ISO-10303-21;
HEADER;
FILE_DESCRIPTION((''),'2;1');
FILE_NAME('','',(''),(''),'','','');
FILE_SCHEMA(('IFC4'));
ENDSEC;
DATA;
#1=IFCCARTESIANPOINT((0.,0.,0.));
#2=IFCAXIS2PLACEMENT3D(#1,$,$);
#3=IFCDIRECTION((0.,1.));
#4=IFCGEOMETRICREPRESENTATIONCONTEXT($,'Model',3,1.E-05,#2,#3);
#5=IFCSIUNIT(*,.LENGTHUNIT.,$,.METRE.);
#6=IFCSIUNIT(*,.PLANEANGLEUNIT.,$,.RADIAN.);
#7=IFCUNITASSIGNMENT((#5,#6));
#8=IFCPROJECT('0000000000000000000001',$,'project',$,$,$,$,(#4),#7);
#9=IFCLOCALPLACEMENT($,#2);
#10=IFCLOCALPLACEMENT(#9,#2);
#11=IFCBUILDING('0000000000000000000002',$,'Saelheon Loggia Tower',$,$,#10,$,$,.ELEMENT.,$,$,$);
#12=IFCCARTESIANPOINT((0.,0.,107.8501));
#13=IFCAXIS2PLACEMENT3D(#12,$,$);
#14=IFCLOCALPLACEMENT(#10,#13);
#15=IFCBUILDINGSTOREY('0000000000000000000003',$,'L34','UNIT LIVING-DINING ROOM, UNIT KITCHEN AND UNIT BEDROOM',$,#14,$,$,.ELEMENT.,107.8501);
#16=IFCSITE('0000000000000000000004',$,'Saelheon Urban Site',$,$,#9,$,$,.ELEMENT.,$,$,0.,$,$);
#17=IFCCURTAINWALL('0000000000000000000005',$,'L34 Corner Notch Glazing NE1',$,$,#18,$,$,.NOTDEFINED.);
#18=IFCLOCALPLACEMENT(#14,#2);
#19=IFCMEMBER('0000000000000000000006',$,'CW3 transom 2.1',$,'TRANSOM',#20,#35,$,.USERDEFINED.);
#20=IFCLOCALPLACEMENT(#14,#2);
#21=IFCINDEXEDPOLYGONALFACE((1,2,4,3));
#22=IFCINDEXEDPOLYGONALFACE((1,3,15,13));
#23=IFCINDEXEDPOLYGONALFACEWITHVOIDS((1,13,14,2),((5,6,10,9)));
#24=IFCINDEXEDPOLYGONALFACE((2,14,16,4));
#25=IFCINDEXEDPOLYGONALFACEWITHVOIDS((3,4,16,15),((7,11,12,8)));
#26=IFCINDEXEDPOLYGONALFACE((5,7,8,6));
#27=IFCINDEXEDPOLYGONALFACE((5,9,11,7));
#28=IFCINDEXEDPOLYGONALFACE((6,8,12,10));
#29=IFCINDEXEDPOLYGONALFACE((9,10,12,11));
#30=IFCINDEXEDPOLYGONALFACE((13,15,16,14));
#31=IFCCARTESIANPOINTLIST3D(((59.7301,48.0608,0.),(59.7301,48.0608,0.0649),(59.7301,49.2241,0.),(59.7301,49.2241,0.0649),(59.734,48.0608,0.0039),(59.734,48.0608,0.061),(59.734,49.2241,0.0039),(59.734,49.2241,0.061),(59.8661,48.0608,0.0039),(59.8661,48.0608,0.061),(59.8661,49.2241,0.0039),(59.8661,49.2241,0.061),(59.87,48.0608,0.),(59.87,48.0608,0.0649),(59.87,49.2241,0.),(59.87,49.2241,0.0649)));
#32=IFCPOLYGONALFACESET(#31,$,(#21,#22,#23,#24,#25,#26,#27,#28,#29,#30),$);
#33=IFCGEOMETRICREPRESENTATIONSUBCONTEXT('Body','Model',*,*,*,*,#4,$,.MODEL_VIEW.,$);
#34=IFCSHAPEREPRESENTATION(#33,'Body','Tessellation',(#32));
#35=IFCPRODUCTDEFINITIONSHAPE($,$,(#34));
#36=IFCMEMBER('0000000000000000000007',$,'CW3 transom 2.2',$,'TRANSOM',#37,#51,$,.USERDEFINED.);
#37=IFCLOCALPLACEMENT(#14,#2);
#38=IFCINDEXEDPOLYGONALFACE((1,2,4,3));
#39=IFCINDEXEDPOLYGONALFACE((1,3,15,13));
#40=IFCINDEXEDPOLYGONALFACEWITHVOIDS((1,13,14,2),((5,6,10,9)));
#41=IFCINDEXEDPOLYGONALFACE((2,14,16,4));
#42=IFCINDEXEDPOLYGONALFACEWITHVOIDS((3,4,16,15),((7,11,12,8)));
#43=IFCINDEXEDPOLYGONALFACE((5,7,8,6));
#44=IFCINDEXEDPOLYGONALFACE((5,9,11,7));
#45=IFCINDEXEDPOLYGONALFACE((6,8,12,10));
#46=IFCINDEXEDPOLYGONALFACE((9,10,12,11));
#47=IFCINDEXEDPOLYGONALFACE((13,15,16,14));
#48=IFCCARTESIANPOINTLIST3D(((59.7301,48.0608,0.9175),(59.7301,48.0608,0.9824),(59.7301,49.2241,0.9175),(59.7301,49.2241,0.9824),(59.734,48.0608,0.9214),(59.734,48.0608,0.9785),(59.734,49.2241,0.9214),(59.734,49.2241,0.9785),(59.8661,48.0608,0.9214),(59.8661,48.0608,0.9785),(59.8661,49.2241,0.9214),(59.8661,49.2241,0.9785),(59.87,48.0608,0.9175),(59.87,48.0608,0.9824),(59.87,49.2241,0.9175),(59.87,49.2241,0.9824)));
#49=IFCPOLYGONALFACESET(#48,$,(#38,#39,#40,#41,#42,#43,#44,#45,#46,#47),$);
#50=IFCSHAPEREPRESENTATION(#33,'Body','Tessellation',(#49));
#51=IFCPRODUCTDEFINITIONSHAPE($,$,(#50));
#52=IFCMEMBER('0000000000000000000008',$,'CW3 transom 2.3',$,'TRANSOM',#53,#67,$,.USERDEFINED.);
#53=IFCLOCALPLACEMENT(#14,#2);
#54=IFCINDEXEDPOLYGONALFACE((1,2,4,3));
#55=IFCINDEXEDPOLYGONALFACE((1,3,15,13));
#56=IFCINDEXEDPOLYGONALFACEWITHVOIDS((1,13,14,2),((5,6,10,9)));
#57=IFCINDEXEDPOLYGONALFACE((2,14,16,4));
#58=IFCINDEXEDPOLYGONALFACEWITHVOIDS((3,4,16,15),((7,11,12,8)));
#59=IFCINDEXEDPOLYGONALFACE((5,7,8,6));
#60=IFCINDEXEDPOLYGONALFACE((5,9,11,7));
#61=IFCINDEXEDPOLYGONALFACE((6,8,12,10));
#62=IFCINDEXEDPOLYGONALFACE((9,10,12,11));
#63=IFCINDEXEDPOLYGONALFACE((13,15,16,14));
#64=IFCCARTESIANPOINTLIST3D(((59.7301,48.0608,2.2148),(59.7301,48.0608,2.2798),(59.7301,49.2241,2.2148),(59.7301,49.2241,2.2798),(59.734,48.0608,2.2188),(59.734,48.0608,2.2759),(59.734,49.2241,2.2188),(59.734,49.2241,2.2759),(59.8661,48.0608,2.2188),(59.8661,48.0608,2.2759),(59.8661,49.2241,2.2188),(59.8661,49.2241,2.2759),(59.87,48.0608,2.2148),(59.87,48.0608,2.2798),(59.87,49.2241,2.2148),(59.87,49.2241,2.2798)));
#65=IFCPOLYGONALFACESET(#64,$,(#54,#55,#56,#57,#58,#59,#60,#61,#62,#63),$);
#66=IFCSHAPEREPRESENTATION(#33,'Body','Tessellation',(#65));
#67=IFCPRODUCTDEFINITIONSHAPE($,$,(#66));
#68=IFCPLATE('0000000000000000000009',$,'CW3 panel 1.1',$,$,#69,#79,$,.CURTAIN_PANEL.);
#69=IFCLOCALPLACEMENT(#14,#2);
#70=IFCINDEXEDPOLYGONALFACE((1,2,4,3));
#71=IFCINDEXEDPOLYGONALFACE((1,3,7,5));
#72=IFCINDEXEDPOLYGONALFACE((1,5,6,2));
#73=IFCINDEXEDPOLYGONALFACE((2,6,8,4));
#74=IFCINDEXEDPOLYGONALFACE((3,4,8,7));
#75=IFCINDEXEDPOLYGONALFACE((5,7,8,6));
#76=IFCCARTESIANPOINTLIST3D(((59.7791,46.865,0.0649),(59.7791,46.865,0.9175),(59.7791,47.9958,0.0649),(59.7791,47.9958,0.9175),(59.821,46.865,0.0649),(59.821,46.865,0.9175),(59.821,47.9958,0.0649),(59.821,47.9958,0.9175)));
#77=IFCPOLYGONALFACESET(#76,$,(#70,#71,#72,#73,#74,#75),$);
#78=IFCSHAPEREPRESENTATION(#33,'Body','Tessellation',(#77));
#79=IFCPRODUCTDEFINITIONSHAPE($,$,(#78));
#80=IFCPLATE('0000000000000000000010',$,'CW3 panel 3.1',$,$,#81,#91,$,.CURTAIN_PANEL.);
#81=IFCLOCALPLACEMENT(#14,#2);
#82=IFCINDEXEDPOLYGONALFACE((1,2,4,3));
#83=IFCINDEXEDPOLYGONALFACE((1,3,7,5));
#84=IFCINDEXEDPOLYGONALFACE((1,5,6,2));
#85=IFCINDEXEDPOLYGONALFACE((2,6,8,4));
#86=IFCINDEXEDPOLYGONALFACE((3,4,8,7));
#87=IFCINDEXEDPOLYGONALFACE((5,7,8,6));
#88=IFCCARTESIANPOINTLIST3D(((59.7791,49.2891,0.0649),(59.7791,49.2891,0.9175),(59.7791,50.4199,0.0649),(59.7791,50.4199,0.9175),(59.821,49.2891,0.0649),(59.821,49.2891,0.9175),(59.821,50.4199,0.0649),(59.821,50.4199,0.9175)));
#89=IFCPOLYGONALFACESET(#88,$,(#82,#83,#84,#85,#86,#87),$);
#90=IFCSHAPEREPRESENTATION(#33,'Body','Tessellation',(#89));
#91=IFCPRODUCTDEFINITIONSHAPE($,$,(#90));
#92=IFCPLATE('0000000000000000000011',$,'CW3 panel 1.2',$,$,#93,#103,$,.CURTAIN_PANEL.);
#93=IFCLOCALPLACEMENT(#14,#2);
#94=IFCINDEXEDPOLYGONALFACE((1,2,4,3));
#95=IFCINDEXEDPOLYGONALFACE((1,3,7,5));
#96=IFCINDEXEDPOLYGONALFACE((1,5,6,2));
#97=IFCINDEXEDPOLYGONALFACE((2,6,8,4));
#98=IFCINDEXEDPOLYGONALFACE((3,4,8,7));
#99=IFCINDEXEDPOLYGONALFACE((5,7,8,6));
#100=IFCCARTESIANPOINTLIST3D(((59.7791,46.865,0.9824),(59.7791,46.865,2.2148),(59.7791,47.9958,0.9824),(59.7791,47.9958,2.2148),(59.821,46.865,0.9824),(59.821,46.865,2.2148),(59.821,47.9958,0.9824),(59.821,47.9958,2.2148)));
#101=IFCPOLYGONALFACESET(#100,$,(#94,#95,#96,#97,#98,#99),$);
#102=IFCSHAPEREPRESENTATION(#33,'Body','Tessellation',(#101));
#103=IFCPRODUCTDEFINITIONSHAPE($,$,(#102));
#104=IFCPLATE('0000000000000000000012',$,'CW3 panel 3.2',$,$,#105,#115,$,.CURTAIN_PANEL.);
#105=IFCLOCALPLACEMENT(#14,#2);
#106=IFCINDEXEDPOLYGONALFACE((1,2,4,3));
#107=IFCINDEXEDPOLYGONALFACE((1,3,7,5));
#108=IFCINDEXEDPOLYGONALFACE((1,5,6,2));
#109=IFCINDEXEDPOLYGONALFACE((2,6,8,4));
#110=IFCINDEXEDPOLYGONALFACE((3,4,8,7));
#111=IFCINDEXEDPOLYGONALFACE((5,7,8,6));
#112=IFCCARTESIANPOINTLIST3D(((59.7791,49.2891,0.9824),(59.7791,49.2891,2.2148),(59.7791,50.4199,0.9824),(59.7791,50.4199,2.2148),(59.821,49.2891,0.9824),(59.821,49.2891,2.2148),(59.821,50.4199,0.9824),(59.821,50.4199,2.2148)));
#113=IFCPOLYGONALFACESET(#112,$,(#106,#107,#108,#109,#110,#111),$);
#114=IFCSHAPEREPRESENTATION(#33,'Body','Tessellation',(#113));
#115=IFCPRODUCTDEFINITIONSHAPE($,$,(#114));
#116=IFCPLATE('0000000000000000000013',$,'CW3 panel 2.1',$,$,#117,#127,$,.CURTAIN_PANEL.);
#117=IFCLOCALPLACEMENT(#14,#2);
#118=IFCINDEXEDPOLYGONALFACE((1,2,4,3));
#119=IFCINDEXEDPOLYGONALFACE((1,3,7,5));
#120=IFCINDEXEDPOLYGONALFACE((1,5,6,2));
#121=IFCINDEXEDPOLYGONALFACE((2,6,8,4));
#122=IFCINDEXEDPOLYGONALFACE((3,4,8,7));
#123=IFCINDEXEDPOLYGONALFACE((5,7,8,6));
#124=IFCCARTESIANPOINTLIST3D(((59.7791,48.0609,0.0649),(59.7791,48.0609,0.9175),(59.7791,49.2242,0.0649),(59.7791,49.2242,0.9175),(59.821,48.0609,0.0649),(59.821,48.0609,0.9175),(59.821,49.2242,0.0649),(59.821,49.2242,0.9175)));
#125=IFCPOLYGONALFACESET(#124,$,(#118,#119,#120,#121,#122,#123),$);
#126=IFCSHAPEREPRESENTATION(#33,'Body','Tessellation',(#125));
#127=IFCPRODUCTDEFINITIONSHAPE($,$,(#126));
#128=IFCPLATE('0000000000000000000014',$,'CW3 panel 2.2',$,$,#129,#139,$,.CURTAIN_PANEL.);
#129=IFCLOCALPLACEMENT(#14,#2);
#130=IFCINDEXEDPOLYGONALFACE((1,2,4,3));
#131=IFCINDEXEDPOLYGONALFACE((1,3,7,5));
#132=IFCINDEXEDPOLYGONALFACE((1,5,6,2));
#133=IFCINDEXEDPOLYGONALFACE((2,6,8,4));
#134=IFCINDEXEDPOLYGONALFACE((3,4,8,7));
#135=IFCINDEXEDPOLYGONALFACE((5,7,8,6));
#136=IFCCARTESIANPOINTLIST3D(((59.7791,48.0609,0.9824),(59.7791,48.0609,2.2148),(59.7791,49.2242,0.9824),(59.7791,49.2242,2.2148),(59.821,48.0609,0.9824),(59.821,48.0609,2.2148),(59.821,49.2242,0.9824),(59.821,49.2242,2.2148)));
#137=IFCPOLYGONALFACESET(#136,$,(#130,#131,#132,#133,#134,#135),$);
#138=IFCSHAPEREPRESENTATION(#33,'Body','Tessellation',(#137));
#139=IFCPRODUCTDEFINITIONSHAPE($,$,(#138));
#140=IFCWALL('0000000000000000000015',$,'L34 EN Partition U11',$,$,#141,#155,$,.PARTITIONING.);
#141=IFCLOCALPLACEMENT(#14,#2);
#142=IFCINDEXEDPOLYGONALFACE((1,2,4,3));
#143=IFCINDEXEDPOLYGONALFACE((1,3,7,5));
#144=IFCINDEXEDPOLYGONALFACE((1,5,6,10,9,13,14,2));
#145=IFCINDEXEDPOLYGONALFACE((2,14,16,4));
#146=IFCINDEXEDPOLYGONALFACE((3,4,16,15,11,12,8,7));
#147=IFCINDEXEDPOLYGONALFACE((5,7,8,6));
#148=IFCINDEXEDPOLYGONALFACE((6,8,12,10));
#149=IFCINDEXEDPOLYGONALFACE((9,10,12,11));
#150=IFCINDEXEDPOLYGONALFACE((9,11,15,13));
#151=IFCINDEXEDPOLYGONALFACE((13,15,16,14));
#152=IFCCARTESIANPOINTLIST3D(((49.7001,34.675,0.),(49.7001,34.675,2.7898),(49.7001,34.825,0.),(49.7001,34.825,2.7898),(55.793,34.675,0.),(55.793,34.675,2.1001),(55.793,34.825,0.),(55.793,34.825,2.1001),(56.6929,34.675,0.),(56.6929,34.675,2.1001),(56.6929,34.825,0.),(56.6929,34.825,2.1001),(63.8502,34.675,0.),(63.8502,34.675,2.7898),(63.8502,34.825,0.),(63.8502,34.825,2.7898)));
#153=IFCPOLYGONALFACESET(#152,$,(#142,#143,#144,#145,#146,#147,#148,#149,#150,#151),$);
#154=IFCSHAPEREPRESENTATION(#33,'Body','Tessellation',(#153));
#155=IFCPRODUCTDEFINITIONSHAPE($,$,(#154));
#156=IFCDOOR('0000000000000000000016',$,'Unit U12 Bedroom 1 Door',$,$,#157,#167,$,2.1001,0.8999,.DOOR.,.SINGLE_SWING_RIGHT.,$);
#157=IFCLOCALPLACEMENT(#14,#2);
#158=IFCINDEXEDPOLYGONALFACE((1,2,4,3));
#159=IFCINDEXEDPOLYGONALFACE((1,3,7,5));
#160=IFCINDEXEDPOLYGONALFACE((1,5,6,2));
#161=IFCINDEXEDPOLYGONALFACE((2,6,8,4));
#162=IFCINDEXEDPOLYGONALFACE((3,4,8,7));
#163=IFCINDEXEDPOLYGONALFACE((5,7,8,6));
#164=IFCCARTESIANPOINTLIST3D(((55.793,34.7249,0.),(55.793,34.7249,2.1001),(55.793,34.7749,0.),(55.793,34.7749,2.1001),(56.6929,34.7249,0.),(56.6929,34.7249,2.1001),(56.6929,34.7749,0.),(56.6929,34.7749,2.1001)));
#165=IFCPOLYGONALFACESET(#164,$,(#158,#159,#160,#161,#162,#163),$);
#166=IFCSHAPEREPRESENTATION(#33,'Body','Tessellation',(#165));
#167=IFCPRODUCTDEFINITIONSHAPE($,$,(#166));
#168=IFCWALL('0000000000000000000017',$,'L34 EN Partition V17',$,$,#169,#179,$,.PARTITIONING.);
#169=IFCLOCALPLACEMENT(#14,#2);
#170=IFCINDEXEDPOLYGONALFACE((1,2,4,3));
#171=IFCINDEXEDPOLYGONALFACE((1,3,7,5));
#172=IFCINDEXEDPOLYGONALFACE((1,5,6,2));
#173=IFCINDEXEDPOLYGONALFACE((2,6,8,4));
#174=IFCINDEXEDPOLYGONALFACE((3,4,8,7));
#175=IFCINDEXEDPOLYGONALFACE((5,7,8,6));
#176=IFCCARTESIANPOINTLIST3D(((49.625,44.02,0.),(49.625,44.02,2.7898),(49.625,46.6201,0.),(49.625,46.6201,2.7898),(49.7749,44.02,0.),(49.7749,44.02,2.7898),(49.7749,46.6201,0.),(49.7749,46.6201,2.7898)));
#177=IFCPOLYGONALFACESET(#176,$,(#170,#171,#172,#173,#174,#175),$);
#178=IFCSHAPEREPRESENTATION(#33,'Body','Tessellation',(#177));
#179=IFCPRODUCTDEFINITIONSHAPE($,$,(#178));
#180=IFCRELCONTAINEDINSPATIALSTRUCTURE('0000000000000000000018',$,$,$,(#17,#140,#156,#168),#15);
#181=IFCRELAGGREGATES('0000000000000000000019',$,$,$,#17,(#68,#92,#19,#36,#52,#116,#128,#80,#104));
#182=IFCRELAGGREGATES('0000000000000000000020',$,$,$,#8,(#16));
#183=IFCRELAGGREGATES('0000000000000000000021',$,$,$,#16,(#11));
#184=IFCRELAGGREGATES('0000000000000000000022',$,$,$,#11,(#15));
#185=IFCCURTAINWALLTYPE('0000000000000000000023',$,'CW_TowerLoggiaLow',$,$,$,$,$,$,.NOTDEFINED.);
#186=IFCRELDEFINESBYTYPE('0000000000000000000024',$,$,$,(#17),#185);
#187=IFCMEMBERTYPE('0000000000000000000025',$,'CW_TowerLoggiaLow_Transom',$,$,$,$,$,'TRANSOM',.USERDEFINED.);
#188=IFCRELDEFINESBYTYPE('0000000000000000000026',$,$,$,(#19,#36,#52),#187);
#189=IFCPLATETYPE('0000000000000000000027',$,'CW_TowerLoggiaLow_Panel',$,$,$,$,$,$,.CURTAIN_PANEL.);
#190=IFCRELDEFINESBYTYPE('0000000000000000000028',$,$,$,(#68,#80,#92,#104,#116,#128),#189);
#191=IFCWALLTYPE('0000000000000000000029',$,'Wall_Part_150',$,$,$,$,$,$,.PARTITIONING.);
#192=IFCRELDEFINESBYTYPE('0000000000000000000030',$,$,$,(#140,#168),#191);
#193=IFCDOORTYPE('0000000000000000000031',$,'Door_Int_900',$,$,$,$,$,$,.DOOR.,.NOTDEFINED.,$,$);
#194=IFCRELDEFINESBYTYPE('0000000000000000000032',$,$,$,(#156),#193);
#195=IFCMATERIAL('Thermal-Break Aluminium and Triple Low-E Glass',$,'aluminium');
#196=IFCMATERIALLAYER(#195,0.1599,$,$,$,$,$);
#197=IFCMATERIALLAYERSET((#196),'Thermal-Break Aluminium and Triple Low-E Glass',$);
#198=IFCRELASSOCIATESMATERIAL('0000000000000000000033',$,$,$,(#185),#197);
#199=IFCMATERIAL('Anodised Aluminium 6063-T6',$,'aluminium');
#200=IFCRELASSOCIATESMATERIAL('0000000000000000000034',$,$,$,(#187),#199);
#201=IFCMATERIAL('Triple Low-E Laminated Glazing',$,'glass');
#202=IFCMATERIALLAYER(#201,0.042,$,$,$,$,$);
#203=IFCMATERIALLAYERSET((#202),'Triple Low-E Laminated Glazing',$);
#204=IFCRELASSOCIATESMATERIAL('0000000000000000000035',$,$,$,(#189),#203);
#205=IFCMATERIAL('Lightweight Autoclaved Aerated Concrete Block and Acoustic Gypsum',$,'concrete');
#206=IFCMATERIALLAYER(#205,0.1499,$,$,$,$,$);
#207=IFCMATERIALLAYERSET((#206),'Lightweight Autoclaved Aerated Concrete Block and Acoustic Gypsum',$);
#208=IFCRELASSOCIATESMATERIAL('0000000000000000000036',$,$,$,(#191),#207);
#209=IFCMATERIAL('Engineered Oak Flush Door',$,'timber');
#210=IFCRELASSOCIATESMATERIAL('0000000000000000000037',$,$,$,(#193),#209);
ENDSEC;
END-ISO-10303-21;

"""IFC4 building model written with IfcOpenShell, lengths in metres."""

from ifc_helpers import new_model, si_unit, direction, frame, frame_2d, origin, origin_2d, place, context, subcontext, project, spatial, rectangle, hollow_rectangle, extrude, source, transform, mapped, material, layer, layer_set, material_profile, profile_set, type_object, element, fill, aggregate, save


model = new_model("IFC4")

# Units and contexts
model_context = context("Model", 3, precision=1e-05, world=origin(), true_north=direction((0.0, 1.0)))
body_context = subcontext(model_context, "Body", "Model", "MODEL_VIEW")
ifc_project = project(units=[si_unit("LENGTHUNIT", "METRE"), si_unit("PLANEANGLEUNIT", "RADIAN")], contexts=[model_context])

# Site, building, storey
site_placement = place(None, origin())
site = spatial("IfcSite", under=ifc_project, at=site_placement, Name="Saelheon Urban Site", CompositionType="ELEMENT", RefElevation=0.0)
building_placement = place(site_placement, origin())
building = spatial("IfcBuilding", under=site, at=building_placement, Name="Saelheon Loggia Tower", CompositionType="ELEMENT")
storey_placement = place(building_placement, frame((0.0, 0.0, 107.8501)))
storey = spatial("IfcBuildingStorey", under=building, at=storey_placement, Name="L34", Description="UNIT LIVING-DINING ROOM, UNIT KITCHEN AND UNIT BEDROOM", CompositionType="ELEMENT", Elevation=107.8501)

# Curtain wall, members, plates
ifc_material_1 = material(Name="Thermal-Break Aluminium and Triple Low-E Glass", Category="aluminium")
ifc_layer_1 = layer(ifc_material_1, 0.1599)
ifc_layer_set_1 = layer_set([ifc_layer_1], Name="Thermal-Break Aluminium and Triple Low-E Glass")
curtain_wall_type = type_object("IfcCurtainWallType", Name="CW_TowerLoggiaLow", PredefinedType="NOTDEFINED", material=ifc_layer_set_1)
curtain_wall_placement = place(storey_placement, origin())
curtain_wall = element("IfcCurtainWall", 1, at=curtain_wall_placement, inside=storey, type_object=curtain_wall_type, Name="L34 Corner Notch Glazing NE1", PredefinedType="NOTDEFINED")
ifc_material_2 = material(Name="Anodised Aluminium 6063-T6", Category="aluminium")
ifc_material_profile_1 = material_profile(ifc_material_2, hollow_rectangle(XDim=0.0649, YDim=0.1399, WallThickness=0.0039, at=origin_2d()), Name="RHS-140x65x4")
ifc_profile_set_1 = profile_set([ifc_material_profile_1], Name="Anodised Aluminium 6063-T6")
member_type_1 = type_object("IfcMemberType", Name="CW_TowerLoggiaLow_Transom", ElementType="TRANSOM", PredefinedType="USERDEFINED", material=ifc_profile_set_1)
shared_shape_1 = source(origin(), body_context, "Body", "SweptSolid", [
    extrude(hollow_rectangle(XDim=0.0649, YDim=0.1399, WallThickness=0.0039, at=origin_2d()), origin(), (0.0, 0.0, 1.0), 1.1633),
])
member_1_placement = place(storey_placement, frame((59.8, 48.0608, 0.0325), z_axis=(0.0, 1.0, 0.0), x_axis=(0.0, 0.0, 1.0)))
member_1 = element("IfcMember", 2, at=member_1_placement, type_object=member_type_1, Name="CW3 transom 2.1", ObjectType="TRANSOM", PredefinedType="USERDEFINED", context=body_context, shape_type="MappedRepresentation", body=[
    mapped(shared_shape_1, transform((0.0, 0.0, 0.0), scale=1.0)),
])
member_2_placement = place(storey_placement, frame((59.8, 48.0608, 0.95), z_axis=(0.0, 1.0, 0.0), x_axis=(0.0, 0.0, 1.0)))
member_2 = element("IfcMember", 3, at=member_2_placement, type_object=member_type_1, Name="CW3 transom 2.2", ObjectType="TRANSOM", PredefinedType="USERDEFINED", context=body_context, shape_type="MappedRepresentation", body=[
    mapped(shared_shape_1, transform((0.0, 0.0, 0.0), scale=1.0)),
])
member_3_placement = place(storey_placement, frame((59.8, 48.0608, 2.2473), z_axis=(0.0, 1.0, 0.0), x_axis=(0.0, 0.0, 1.0)))
member_3 = element("IfcMember", 4, at=member_3_placement, type_object=member_type_1, Name="CW3 transom 2.3", ObjectType="TRANSOM", PredefinedType="USERDEFINED", context=body_context, shape_type="MappedRepresentation", body=[
    mapped(shared_shape_1, transform((0.0, 0.0, 0.0), scale=1.0)),
])
ifc_material_3 = material(Name="Triple Low-E Laminated Glazing", Category="glass")
ifc_layer_2 = layer(ifc_material_3, 0.042)
ifc_layer_set_2 = layer_set([ifc_layer_2], Name="Triple Low-E Laminated Glazing")
plate_type = type_object("IfcPlateType", Name="CW_TowerLoggiaLow_Panel", PredefinedType="CURTAIN_PANEL", material=ifc_layer_set_2)
shared_shape_2 = source(origin(), body_context, "Body", "SweptSolid", [
    extrude(rectangle(XDim=1.1309, YDim=0.042, at=origin_2d()), origin(), (0.0, 0.0, 1.0), 0.8525),
])
plate_1_placement = place(storey_placement, frame((59.8, 47.4304, 0.0649), z_axis=(0.0, 0.0, 1.0), x_axis=(0.0, 1.0, 0.0)))
plate_1 = element("IfcPlate", 5, at=plate_1_placement, type_object=plate_type, Name="CW3 panel 1.1", PredefinedType="CURTAIN_PANEL", context=body_context, shape_type="MappedRepresentation", body=[
    mapped(shared_shape_2, transform((0.0, 0.0, 0.0), scale=1.0)),
])
plate_2_placement = place(storey_placement, frame((59.8, 49.8545, 0.0649), z_axis=(0.0, 0.0, 1.0), x_axis=(0.0, 1.0, 0.0)))
plate_2 = element("IfcPlate", 6, at=plate_2_placement, type_object=plate_type, Name="CW3 panel 3.1", PredefinedType="CURTAIN_PANEL", context=body_context, shape_type="MappedRepresentation", body=[
    mapped(shared_shape_2, transform((0.0, 0.0, 0.0), scale=1.0)),
])
shared_shape_3 = source(origin(), body_context, "Body", "SweptSolid", [
    extrude(rectangle(XDim=1.1309, YDim=0.042, at=origin_2d()), origin(), (0.0, 0.0, 1.0), 1.2324),
])
plate_3_placement = place(storey_placement, frame((59.8, 47.4304, 0.9824), z_axis=(0.0, 0.0, 1.0), x_axis=(0.0, 1.0, 0.0)))
plate_3 = element("IfcPlate", 7, at=plate_3_placement, type_object=plate_type, Name="CW3 panel 1.2", PredefinedType="CURTAIN_PANEL", context=body_context, shape_type="MappedRepresentation", body=[
    mapped(shared_shape_3, transform((0.0, 0.0, 0.0), scale=1.0)),
])
plate_4_placement = place(storey_placement, frame((59.8, 49.8545, 0.9824), z_axis=(0.0, 0.0, 1.0), x_axis=(0.0, 1.0, 0.0)))
plate_4 = element("IfcPlate", 8, at=plate_4_placement, type_object=plate_type, Name="CW3 panel 3.2", PredefinedType="CURTAIN_PANEL", context=body_context, shape_type="MappedRepresentation", body=[
    mapped(shared_shape_3, transform((0.0, 0.0, 0.0), scale=1.0)),
])
shared_shape_4 = source(origin(), body_context, "Body", "SweptSolid", [
    extrude(rectangle(XDim=1.1633, YDim=0.042, at=origin_2d()), origin(), (0.0, 0.0, 1.0), 0.8525),
])
plate_5_placement = place(storey_placement, frame((59.8, 48.6426, 0.0649), z_axis=(0.0, 0.0, 1.0), x_axis=(0.0, 1.0, 0.0)))
plate_5 = element("IfcPlate", 9, at=plate_5_placement, type_object=plate_type, Name="CW3 panel 2.1", PredefinedType="CURTAIN_PANEL", context=body_context, shape_type="MappedRepresentation", body=[
    mapped(shared_shape_4, transform((0.0, 0.0, 0.0), scale=1.0)),
])
shared_shape_5 = source(origin(), body_context, "Body", "SweptSolid", [
    extrude(rectangle(XDim=1.1633, YDim=0.042, at=origin_2d()), origin(), (0.0, 0.0, 1.0), 1.2324),
])
plate_6_placement = place(storey_placement, frame((59.8, 48.6426, 0.9824), z_axis=(0.0, 0.0, 1.0), x_axis=(0.0, 1.0, 0.0)))
plate_6 = element("IfcPlate", 10, at=plate_6_placement, type_object=plate_type, Name="CW3 panel 2.2", PredefinedType="CURTAIN_PANEL", context=body_context, shape_type="MappedRepresentation", body=[
    mapped(shared_shape_5, transform((0.0, 0.0, 0.0), scale=1.0)),
])
aggregate(curtain_wall, [plate_1, plate_3, member_1, member_2, member_3, plate_5, plate_6, plate_2, plate_4])

# Wall, opening, door
ifc_material_4 = material(Name="Lightweight Autoclaved Aerated Concrete Block and Acoustic Gypsum", Category="concrete")
ifc_layer_3 = layer(ifc_material_4, 0.1499)
ifc_layer_set_3 = layer_set([ifc_layer_3], Name="Lightweight Autoclaved Aerated Concrete Block and Acoustic Gypsum")
wall_type = type_object("IfcWallType", Name="Wall_Part_150", PredefinedType="PARTITIONING", material=ifc_layer_set_3)
wall_1_placement = place(storey_placement, frame((49.7, 34.75, 0.0), z_axis=(0.0, 0.0, 1.0), x_axis=(1.0, 0.0, 0.0)))
wall_1 = element("IfcWall", 11, at=wall_1_placement, inside=storey, type_object=wall_type, Name="L34 EN Partition U11", PredefinedType="PARTITIONING", context=body_context, shape_type="SweptSolid", body=[
    extrude(rectangle(XDim=14.1501, YDim=0.1499, at=frame_2d((7.0752, 0.0))), origin(), (0.0, 0.0, 1.0), 2.7898),
])
opening_1_placement = place(wall_1_placement, frame((6.093, 0.0, 0.0)))
opening_1 = element("IfcOpeningElement", 12, at=opening_1_placement, cuts=wall_1, PredefinedType="OPENING", context=body_context, shape_type="SweptSolid", body=[
    extrude(rectangle(XDim=0.8999, YDim=2.1001, at=frame_2d((0.45, 1.05))), frame((0.0, 0.0869, 0.0), z_axis=(0.0, -1.0, 0.0), x_axis=(1.0, 0.0, 0.0)), (0.0, 0.0, 1.0), 0.1738),
])
ifc_material_5 = material(Name="Engineered Oak Flush Door", Category="timber")
door_type = type_object("IfcDoorType", Name="Door_Int_900", OperationType="NOTDEFINED", PredefinedType="DOOR", material=ifc_material_5)
shared_shape_6 = source(origin(), body_context, "Body", "SweptSolid", [
    extrude(rectangle(XDim=0.8999, YDim=2.1001, at=frame_2d((0.45, 1.05))), frame((0.0, 0.0249, 0.0), z_axis=(0.0, -1.0, 0.0), x_axis=(1.0, 0.0, 0.0)), (0.0, 0.0, 1.0), 0.05),
])
door_1_placement = place(opening_1_placement, origin())
door_1 = element("IfcDoor", 13, at=door_1_placement, inside=storey, type_object=door_type, Name="Unit U12 Bedroom 1 Door", OperationType="SINGLE_SWING_RIGHT", OverallHeight=2.1001, OverallWidth=0.8999, PredefinedType="DOOR", context=body_context, shape_type="MappedRepresentation", body=[
    mapped(shared_shape_6, transform((0.0, 0.0, 0.0), scale=1.0)),
])
fill(opening_1, door_1)

# Wall
wall_2_placement = place(storey_placement, frame((49.7, 44.02, 0.0), z_axis=(0.0, 0.0, 1.0), x_axis=(0.0, 1.0, 0.0)))
element("IfcWall", 14, at=wall_2_placement, inside=storey, type_object=wall_type, Name="L34 EN Partition V17", PredefinedType="PARTITIONING", context=body_context, shape_type="SweptSolid", body=[
    extrude(rectangle(XDim=2.6001, YDim=0.1499, at=frame_2d((1.3, 0.0))), origin(), (0.0, 0.0, 1.0), 2.7898),
])

save(model, "model.ifc")
